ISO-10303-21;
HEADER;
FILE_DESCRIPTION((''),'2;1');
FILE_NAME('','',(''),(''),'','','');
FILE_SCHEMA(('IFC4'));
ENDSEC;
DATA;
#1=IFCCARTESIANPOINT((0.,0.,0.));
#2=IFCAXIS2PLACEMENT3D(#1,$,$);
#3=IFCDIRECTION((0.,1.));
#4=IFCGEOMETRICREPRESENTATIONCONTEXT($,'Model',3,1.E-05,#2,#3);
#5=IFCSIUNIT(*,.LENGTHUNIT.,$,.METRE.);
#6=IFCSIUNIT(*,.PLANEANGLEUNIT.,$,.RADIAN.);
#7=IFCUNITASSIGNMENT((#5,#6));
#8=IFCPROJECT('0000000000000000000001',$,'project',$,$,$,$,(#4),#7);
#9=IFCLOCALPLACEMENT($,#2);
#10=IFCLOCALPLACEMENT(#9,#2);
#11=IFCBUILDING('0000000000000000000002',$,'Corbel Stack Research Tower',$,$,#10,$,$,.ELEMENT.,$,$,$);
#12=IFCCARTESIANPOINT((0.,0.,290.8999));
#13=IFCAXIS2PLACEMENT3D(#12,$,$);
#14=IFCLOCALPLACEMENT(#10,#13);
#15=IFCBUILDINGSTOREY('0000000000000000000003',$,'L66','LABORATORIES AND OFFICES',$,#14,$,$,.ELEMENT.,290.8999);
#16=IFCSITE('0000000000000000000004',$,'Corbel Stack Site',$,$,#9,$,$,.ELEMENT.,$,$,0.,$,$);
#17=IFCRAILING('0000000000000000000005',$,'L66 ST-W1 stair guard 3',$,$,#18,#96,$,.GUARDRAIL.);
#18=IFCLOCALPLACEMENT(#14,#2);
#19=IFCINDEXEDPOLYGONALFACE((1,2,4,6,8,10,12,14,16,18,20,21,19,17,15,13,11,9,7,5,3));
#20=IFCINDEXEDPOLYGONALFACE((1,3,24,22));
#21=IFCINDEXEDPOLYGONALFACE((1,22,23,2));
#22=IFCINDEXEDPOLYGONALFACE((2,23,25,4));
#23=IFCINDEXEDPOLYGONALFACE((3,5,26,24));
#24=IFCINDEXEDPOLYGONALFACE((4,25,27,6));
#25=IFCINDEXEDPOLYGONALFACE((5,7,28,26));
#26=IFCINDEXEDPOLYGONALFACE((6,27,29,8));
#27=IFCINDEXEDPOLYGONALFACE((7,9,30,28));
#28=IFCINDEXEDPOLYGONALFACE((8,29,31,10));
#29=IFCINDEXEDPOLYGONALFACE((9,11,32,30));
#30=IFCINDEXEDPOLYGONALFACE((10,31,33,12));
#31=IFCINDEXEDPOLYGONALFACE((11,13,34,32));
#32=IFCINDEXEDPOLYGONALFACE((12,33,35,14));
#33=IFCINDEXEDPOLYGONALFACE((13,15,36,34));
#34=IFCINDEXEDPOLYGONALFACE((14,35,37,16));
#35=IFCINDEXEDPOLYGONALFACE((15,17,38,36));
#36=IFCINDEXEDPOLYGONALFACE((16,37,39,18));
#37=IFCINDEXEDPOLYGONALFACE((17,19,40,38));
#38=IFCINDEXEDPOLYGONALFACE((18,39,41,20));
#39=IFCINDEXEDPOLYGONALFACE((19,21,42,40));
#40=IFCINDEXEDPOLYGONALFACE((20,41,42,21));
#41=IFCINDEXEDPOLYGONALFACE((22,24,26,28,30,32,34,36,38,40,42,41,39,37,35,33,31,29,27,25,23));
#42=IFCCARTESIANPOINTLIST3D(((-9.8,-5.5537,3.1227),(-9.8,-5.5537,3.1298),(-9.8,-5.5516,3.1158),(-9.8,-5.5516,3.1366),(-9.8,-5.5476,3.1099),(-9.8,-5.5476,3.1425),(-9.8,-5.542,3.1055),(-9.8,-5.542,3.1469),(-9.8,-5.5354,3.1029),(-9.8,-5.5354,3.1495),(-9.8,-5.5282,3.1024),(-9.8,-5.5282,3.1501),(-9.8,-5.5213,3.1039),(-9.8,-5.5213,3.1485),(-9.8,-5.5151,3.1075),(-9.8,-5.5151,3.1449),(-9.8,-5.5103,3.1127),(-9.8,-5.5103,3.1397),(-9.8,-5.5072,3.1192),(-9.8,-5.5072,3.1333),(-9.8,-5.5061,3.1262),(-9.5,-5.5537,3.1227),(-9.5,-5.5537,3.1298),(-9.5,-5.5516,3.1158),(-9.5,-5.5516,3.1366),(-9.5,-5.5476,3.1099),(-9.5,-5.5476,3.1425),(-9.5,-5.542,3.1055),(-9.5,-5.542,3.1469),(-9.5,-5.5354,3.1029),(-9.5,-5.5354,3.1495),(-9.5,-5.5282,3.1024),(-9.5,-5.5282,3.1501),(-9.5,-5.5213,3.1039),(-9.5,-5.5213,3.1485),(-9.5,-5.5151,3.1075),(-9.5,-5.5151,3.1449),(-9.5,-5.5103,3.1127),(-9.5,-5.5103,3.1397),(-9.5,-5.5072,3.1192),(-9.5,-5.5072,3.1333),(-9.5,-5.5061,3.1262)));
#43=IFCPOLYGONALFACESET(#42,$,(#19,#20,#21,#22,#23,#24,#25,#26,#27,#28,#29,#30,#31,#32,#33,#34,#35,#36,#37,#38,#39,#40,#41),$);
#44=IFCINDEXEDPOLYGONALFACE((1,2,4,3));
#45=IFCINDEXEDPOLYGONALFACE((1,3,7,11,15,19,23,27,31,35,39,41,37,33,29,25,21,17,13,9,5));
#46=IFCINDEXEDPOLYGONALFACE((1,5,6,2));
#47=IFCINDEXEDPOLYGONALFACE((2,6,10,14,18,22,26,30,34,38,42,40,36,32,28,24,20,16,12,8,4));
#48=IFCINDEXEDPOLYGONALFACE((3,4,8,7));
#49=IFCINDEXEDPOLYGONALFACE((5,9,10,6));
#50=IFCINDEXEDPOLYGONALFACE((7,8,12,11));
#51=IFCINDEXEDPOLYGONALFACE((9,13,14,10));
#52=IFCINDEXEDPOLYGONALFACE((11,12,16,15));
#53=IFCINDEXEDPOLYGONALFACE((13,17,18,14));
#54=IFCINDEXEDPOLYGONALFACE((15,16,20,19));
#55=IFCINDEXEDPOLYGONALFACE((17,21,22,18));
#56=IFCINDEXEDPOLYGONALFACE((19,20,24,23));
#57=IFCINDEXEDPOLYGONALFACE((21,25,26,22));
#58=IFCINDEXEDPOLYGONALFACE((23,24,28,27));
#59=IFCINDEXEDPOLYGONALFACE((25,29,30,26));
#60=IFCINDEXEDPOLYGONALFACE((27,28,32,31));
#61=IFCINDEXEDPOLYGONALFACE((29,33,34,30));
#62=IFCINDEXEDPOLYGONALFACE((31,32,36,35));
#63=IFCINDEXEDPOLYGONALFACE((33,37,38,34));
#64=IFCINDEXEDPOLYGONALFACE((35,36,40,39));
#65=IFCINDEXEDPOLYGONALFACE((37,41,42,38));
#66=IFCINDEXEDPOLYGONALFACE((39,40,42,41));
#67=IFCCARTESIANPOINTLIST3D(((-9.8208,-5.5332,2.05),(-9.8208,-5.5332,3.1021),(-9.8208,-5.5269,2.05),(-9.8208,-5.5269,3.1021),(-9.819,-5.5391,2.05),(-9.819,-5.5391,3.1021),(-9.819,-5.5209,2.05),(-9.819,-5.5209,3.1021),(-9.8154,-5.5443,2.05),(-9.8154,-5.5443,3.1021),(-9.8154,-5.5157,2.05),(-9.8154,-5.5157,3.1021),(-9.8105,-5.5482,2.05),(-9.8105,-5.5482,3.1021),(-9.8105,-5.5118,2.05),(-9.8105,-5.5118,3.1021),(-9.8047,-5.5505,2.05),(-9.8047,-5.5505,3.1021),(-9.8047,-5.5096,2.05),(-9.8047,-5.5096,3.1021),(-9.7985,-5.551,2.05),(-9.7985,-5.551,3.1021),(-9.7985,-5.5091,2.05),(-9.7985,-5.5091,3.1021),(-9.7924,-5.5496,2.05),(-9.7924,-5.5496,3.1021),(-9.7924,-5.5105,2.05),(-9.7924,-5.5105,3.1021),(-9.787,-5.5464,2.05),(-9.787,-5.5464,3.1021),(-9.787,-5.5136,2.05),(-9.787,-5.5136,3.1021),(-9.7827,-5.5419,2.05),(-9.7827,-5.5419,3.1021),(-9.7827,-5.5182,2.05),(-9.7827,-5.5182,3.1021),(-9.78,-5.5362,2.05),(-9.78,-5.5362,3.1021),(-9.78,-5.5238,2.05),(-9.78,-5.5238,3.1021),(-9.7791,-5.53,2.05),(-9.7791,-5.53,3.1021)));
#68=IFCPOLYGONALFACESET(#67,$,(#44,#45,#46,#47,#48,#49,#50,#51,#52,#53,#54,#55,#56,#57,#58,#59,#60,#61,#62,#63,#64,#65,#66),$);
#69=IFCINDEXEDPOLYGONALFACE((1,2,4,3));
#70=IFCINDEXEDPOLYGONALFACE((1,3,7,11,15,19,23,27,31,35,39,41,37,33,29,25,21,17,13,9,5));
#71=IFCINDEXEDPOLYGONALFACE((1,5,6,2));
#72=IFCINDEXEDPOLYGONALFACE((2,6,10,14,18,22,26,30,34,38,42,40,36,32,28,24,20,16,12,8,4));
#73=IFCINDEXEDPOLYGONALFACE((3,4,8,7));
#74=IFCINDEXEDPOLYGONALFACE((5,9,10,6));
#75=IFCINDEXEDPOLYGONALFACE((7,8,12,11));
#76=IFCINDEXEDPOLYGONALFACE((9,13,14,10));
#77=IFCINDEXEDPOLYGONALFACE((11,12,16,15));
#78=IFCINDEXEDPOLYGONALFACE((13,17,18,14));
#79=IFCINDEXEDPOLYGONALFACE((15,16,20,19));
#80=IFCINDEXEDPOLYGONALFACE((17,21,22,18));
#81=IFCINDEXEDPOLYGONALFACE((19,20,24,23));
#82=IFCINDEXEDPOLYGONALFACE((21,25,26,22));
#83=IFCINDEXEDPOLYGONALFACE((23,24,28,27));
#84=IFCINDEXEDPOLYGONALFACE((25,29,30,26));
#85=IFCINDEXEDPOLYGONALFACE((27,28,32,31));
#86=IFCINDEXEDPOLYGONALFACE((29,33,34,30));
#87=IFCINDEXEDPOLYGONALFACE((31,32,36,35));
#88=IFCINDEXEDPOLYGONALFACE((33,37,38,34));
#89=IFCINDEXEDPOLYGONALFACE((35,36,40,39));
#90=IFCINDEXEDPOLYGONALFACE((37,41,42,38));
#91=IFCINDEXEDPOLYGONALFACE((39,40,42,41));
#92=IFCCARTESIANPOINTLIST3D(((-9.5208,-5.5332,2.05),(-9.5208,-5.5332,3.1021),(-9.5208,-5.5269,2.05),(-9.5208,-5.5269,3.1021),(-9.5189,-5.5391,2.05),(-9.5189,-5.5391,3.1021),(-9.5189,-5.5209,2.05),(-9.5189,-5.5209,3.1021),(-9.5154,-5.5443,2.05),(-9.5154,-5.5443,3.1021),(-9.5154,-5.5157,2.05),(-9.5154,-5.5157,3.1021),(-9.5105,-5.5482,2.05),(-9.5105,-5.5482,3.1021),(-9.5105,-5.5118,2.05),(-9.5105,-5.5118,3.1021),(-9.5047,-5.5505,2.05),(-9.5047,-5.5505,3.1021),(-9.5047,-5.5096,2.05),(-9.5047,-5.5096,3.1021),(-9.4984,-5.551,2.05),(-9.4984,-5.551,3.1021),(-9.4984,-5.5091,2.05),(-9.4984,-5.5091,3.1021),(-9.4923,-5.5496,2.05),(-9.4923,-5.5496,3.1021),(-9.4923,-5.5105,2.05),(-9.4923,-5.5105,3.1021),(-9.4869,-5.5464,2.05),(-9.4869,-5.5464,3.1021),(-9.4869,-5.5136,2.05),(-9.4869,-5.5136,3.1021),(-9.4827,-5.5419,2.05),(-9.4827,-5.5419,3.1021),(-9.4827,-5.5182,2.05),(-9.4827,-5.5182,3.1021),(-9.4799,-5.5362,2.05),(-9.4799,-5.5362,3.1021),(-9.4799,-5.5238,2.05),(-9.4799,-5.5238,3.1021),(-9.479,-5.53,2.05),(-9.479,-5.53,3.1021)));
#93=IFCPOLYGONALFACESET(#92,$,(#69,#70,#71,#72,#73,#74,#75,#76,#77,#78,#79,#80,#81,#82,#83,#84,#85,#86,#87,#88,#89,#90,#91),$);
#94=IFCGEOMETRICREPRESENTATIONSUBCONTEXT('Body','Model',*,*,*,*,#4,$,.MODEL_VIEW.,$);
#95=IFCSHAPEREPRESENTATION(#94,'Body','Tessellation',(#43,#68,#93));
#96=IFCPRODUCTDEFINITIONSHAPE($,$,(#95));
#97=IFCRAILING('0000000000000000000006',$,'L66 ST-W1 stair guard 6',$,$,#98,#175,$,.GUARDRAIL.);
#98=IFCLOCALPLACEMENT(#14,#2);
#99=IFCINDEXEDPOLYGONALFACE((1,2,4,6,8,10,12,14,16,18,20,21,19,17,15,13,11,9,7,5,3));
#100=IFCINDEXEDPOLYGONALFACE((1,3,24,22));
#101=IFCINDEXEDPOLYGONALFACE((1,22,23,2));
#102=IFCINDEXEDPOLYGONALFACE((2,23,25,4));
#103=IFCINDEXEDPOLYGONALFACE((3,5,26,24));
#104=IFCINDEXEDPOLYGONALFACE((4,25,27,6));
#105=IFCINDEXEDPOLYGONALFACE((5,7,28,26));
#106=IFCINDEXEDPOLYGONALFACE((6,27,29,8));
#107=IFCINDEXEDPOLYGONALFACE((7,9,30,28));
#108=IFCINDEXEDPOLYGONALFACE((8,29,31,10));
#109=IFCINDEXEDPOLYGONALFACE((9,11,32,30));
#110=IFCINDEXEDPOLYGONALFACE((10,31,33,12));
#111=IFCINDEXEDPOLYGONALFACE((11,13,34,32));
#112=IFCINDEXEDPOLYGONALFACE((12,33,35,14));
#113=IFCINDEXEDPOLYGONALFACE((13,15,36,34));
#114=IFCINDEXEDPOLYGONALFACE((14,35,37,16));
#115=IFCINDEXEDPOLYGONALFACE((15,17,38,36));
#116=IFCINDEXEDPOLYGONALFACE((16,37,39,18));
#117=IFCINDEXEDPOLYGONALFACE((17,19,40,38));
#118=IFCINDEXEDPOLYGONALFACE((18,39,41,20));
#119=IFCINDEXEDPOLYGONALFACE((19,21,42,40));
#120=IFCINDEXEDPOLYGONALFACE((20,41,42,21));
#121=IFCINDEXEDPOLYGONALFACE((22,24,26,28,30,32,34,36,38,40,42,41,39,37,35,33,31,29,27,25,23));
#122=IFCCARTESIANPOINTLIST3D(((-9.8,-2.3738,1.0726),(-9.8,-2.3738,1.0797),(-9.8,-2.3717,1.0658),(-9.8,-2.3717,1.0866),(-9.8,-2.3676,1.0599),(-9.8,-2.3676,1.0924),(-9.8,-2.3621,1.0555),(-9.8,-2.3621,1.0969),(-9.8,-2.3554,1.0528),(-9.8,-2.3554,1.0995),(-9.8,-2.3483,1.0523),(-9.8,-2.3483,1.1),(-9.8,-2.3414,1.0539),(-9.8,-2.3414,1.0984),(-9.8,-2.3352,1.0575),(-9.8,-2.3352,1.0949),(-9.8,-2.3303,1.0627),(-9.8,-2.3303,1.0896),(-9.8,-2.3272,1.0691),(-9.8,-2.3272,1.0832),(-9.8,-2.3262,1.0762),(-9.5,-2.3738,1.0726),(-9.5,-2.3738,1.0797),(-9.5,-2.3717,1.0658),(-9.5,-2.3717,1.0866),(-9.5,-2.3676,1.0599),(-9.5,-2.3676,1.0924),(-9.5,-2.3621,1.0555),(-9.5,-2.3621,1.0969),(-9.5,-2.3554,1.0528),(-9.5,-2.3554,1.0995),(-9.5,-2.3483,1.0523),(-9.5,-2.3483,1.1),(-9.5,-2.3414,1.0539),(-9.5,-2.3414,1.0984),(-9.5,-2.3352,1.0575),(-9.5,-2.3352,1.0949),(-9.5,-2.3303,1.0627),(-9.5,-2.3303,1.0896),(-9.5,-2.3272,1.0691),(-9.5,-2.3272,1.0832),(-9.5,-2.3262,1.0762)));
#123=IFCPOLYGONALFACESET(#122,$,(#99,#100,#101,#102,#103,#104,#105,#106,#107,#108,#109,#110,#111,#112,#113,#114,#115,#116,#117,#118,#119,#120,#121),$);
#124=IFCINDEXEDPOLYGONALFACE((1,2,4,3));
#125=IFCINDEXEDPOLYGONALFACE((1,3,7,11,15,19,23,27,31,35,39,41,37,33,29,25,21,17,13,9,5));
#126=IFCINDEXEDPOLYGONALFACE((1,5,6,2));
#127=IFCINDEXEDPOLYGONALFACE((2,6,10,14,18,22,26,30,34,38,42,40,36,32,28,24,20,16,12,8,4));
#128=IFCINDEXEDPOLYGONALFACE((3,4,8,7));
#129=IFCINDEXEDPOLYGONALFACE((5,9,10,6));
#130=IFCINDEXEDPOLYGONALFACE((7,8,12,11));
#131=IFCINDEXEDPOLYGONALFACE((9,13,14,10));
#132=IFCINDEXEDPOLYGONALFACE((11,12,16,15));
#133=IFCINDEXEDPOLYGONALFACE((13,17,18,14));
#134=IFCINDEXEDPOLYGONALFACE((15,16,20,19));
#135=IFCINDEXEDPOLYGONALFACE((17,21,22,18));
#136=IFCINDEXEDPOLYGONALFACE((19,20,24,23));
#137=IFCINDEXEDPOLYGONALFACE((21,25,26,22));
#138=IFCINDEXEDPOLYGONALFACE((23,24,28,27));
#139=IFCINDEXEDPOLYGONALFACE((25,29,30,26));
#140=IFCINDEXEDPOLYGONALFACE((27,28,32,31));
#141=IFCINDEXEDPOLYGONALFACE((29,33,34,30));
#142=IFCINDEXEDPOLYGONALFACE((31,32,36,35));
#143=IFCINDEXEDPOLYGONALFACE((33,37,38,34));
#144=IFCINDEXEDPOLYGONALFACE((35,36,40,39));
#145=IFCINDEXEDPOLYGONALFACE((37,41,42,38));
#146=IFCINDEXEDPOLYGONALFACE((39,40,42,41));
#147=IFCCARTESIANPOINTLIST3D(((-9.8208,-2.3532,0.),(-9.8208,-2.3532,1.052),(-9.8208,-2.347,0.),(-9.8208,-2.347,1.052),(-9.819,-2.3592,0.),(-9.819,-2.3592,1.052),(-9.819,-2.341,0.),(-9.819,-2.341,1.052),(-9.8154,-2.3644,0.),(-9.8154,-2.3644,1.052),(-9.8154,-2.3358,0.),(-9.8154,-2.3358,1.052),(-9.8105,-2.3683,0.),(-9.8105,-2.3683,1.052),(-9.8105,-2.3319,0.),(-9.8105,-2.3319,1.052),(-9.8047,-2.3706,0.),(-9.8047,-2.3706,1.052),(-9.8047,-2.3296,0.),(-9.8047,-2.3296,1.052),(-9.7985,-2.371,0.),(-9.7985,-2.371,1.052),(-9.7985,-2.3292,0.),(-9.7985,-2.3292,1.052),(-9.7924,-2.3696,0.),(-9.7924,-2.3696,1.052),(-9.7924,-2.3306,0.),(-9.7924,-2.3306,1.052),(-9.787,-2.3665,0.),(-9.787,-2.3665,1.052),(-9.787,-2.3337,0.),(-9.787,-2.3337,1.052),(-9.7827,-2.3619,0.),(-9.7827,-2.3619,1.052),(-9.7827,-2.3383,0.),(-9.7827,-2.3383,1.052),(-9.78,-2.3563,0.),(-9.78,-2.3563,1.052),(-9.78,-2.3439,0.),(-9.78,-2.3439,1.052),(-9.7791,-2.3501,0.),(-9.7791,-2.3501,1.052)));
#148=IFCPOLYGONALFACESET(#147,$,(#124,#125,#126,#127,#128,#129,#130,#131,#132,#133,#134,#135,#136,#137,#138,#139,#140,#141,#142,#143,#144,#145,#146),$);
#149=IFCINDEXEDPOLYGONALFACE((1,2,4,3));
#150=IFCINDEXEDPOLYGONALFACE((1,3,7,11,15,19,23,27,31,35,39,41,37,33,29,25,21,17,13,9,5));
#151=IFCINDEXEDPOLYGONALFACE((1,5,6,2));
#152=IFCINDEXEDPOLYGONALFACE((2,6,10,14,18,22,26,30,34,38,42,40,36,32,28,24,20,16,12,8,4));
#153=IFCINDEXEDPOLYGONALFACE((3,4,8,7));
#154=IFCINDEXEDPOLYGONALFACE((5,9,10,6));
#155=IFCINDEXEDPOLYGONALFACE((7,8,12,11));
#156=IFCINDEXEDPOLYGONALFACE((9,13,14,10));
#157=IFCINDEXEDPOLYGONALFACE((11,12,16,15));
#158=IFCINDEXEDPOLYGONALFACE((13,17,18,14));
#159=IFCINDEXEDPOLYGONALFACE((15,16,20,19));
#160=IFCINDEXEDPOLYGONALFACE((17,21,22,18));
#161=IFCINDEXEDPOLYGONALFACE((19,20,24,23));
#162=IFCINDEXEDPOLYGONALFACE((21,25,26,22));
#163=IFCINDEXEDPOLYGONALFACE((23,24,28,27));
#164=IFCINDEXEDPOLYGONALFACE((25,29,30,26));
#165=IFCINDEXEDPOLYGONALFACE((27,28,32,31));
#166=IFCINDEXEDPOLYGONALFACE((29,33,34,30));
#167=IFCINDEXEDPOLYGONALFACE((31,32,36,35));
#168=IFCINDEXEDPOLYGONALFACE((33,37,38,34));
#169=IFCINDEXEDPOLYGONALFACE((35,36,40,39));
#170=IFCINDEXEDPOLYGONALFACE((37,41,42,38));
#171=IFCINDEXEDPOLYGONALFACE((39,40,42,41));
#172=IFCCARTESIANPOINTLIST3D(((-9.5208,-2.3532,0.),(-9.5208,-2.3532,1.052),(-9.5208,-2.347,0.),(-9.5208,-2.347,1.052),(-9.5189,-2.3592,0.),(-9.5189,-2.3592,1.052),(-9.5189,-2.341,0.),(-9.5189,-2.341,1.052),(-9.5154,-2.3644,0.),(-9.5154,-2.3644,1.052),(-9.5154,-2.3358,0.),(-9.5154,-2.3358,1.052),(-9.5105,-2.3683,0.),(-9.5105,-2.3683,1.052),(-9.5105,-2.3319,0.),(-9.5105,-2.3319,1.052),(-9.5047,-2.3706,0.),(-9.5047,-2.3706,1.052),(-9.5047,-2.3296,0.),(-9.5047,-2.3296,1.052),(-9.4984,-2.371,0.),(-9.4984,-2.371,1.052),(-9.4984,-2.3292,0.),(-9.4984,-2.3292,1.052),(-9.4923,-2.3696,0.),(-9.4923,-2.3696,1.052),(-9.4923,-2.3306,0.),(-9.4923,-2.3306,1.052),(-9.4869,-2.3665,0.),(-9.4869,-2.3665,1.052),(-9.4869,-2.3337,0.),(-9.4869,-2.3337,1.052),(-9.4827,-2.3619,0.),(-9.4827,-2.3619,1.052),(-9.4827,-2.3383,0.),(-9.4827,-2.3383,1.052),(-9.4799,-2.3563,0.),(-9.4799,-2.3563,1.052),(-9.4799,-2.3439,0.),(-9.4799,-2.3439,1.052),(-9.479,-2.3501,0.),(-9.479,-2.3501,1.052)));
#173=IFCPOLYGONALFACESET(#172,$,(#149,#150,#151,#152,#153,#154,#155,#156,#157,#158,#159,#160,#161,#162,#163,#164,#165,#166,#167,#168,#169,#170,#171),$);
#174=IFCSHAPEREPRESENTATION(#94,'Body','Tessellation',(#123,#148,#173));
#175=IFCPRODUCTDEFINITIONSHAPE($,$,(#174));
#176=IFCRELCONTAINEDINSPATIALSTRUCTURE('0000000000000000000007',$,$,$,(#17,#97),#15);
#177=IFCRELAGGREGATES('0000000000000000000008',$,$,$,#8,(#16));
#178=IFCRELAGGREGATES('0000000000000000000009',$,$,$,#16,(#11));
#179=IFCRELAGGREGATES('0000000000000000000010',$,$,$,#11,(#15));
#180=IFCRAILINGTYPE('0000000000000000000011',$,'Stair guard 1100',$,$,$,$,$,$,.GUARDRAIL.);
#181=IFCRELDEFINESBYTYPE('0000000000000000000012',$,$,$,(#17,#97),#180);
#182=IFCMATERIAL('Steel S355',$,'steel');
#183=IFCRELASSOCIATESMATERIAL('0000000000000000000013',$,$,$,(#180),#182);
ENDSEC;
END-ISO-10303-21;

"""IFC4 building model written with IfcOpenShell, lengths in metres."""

from ifc_helpers import new_model, si_unit, direction, frame, origin, origin_2d, place, context, subcontext, project, spatial, circle, extrude, material, type_object, element, save


model = new_model("IFC4")

# Units and contexts
model_context = context("Model", 3, precision=1e-05, world=origin(), true_north=direction((0.0, 1.0)))
body_context = subcontext(model_context, "Body", "Model", "MODEL_VIEW")
ifc_project = project(units=[si_unit("LENGTHUNIT", "METRE"), si_unit("PLANEANGLEUNIT", "RADIAN")], contexts=[model_context])

# Site, building, storey
site_placement = place(None, origin())
site = spatial("IfcSite", under=ifc_project, at=site_placement, Name="Corbel Stack Site", CompositionType="ELEMENT", RefElevation=0.0)
building_placement = place(site_placement, origin())
building = spatial("IfcBuilding", under=site, at=building_placement, Name="Corbel Stack Research Tower", CompositionType="ELEMENT")
storey_placement = place(building_placement, frame((0.0, 0.0, 290.8999)))
storey = spatial("IfcBuildingStorey", under=building, at=storey_placement, Name="L66", Description="LABORATORIES AND OFFICES", CompositionType="ELEMENT", Elevation=290.8999)

# Railings
ifc_material_1 = material(Name="Steel S355", Category="steel")
railing_type_1 = type_object("IfcRailingType", Name="Stair guard 1100", PredefinedType="GUARDRAIL", material=ifc_material_1)
for number, where, name in (
    (1, (-9.8, -5.53, 2.05), "L66 ST-W1 stair guard 3"),
    (2, (-9.8, -2.3501, 0.0), "L66 ST-W1 stair guard 6"),
):
    element("IfcRailing", number, at=place(storey_placement, frame(where)), inside=storey, type_object=railing_type_1, Name=name, PredefinedType="GUARDRAIL", context=body_context, shape_type="SweptSolid", body=[
        extrude(circle(Radius=0.0239, at=origin_2d()), frame((0.0, 0.0, 1.0762), z_axis=(1.0, 0.0, 0.0), x_axis=(0.0, 1.0, 0.0)), (0.0, 0.0, 1.0), 0.3),
        extrude(circle(Radius=0.021, at=origin_2d()), origin(), (0.0, 0.0, 1.0), 1.052),
        extrude(circle(Radius=0.021, at=origin_2d()), frame((0.3, 0.0, 0.0)), (0.0, 0.0, 1.0), 1.052),
    ])

save(model, "model.ifc")
